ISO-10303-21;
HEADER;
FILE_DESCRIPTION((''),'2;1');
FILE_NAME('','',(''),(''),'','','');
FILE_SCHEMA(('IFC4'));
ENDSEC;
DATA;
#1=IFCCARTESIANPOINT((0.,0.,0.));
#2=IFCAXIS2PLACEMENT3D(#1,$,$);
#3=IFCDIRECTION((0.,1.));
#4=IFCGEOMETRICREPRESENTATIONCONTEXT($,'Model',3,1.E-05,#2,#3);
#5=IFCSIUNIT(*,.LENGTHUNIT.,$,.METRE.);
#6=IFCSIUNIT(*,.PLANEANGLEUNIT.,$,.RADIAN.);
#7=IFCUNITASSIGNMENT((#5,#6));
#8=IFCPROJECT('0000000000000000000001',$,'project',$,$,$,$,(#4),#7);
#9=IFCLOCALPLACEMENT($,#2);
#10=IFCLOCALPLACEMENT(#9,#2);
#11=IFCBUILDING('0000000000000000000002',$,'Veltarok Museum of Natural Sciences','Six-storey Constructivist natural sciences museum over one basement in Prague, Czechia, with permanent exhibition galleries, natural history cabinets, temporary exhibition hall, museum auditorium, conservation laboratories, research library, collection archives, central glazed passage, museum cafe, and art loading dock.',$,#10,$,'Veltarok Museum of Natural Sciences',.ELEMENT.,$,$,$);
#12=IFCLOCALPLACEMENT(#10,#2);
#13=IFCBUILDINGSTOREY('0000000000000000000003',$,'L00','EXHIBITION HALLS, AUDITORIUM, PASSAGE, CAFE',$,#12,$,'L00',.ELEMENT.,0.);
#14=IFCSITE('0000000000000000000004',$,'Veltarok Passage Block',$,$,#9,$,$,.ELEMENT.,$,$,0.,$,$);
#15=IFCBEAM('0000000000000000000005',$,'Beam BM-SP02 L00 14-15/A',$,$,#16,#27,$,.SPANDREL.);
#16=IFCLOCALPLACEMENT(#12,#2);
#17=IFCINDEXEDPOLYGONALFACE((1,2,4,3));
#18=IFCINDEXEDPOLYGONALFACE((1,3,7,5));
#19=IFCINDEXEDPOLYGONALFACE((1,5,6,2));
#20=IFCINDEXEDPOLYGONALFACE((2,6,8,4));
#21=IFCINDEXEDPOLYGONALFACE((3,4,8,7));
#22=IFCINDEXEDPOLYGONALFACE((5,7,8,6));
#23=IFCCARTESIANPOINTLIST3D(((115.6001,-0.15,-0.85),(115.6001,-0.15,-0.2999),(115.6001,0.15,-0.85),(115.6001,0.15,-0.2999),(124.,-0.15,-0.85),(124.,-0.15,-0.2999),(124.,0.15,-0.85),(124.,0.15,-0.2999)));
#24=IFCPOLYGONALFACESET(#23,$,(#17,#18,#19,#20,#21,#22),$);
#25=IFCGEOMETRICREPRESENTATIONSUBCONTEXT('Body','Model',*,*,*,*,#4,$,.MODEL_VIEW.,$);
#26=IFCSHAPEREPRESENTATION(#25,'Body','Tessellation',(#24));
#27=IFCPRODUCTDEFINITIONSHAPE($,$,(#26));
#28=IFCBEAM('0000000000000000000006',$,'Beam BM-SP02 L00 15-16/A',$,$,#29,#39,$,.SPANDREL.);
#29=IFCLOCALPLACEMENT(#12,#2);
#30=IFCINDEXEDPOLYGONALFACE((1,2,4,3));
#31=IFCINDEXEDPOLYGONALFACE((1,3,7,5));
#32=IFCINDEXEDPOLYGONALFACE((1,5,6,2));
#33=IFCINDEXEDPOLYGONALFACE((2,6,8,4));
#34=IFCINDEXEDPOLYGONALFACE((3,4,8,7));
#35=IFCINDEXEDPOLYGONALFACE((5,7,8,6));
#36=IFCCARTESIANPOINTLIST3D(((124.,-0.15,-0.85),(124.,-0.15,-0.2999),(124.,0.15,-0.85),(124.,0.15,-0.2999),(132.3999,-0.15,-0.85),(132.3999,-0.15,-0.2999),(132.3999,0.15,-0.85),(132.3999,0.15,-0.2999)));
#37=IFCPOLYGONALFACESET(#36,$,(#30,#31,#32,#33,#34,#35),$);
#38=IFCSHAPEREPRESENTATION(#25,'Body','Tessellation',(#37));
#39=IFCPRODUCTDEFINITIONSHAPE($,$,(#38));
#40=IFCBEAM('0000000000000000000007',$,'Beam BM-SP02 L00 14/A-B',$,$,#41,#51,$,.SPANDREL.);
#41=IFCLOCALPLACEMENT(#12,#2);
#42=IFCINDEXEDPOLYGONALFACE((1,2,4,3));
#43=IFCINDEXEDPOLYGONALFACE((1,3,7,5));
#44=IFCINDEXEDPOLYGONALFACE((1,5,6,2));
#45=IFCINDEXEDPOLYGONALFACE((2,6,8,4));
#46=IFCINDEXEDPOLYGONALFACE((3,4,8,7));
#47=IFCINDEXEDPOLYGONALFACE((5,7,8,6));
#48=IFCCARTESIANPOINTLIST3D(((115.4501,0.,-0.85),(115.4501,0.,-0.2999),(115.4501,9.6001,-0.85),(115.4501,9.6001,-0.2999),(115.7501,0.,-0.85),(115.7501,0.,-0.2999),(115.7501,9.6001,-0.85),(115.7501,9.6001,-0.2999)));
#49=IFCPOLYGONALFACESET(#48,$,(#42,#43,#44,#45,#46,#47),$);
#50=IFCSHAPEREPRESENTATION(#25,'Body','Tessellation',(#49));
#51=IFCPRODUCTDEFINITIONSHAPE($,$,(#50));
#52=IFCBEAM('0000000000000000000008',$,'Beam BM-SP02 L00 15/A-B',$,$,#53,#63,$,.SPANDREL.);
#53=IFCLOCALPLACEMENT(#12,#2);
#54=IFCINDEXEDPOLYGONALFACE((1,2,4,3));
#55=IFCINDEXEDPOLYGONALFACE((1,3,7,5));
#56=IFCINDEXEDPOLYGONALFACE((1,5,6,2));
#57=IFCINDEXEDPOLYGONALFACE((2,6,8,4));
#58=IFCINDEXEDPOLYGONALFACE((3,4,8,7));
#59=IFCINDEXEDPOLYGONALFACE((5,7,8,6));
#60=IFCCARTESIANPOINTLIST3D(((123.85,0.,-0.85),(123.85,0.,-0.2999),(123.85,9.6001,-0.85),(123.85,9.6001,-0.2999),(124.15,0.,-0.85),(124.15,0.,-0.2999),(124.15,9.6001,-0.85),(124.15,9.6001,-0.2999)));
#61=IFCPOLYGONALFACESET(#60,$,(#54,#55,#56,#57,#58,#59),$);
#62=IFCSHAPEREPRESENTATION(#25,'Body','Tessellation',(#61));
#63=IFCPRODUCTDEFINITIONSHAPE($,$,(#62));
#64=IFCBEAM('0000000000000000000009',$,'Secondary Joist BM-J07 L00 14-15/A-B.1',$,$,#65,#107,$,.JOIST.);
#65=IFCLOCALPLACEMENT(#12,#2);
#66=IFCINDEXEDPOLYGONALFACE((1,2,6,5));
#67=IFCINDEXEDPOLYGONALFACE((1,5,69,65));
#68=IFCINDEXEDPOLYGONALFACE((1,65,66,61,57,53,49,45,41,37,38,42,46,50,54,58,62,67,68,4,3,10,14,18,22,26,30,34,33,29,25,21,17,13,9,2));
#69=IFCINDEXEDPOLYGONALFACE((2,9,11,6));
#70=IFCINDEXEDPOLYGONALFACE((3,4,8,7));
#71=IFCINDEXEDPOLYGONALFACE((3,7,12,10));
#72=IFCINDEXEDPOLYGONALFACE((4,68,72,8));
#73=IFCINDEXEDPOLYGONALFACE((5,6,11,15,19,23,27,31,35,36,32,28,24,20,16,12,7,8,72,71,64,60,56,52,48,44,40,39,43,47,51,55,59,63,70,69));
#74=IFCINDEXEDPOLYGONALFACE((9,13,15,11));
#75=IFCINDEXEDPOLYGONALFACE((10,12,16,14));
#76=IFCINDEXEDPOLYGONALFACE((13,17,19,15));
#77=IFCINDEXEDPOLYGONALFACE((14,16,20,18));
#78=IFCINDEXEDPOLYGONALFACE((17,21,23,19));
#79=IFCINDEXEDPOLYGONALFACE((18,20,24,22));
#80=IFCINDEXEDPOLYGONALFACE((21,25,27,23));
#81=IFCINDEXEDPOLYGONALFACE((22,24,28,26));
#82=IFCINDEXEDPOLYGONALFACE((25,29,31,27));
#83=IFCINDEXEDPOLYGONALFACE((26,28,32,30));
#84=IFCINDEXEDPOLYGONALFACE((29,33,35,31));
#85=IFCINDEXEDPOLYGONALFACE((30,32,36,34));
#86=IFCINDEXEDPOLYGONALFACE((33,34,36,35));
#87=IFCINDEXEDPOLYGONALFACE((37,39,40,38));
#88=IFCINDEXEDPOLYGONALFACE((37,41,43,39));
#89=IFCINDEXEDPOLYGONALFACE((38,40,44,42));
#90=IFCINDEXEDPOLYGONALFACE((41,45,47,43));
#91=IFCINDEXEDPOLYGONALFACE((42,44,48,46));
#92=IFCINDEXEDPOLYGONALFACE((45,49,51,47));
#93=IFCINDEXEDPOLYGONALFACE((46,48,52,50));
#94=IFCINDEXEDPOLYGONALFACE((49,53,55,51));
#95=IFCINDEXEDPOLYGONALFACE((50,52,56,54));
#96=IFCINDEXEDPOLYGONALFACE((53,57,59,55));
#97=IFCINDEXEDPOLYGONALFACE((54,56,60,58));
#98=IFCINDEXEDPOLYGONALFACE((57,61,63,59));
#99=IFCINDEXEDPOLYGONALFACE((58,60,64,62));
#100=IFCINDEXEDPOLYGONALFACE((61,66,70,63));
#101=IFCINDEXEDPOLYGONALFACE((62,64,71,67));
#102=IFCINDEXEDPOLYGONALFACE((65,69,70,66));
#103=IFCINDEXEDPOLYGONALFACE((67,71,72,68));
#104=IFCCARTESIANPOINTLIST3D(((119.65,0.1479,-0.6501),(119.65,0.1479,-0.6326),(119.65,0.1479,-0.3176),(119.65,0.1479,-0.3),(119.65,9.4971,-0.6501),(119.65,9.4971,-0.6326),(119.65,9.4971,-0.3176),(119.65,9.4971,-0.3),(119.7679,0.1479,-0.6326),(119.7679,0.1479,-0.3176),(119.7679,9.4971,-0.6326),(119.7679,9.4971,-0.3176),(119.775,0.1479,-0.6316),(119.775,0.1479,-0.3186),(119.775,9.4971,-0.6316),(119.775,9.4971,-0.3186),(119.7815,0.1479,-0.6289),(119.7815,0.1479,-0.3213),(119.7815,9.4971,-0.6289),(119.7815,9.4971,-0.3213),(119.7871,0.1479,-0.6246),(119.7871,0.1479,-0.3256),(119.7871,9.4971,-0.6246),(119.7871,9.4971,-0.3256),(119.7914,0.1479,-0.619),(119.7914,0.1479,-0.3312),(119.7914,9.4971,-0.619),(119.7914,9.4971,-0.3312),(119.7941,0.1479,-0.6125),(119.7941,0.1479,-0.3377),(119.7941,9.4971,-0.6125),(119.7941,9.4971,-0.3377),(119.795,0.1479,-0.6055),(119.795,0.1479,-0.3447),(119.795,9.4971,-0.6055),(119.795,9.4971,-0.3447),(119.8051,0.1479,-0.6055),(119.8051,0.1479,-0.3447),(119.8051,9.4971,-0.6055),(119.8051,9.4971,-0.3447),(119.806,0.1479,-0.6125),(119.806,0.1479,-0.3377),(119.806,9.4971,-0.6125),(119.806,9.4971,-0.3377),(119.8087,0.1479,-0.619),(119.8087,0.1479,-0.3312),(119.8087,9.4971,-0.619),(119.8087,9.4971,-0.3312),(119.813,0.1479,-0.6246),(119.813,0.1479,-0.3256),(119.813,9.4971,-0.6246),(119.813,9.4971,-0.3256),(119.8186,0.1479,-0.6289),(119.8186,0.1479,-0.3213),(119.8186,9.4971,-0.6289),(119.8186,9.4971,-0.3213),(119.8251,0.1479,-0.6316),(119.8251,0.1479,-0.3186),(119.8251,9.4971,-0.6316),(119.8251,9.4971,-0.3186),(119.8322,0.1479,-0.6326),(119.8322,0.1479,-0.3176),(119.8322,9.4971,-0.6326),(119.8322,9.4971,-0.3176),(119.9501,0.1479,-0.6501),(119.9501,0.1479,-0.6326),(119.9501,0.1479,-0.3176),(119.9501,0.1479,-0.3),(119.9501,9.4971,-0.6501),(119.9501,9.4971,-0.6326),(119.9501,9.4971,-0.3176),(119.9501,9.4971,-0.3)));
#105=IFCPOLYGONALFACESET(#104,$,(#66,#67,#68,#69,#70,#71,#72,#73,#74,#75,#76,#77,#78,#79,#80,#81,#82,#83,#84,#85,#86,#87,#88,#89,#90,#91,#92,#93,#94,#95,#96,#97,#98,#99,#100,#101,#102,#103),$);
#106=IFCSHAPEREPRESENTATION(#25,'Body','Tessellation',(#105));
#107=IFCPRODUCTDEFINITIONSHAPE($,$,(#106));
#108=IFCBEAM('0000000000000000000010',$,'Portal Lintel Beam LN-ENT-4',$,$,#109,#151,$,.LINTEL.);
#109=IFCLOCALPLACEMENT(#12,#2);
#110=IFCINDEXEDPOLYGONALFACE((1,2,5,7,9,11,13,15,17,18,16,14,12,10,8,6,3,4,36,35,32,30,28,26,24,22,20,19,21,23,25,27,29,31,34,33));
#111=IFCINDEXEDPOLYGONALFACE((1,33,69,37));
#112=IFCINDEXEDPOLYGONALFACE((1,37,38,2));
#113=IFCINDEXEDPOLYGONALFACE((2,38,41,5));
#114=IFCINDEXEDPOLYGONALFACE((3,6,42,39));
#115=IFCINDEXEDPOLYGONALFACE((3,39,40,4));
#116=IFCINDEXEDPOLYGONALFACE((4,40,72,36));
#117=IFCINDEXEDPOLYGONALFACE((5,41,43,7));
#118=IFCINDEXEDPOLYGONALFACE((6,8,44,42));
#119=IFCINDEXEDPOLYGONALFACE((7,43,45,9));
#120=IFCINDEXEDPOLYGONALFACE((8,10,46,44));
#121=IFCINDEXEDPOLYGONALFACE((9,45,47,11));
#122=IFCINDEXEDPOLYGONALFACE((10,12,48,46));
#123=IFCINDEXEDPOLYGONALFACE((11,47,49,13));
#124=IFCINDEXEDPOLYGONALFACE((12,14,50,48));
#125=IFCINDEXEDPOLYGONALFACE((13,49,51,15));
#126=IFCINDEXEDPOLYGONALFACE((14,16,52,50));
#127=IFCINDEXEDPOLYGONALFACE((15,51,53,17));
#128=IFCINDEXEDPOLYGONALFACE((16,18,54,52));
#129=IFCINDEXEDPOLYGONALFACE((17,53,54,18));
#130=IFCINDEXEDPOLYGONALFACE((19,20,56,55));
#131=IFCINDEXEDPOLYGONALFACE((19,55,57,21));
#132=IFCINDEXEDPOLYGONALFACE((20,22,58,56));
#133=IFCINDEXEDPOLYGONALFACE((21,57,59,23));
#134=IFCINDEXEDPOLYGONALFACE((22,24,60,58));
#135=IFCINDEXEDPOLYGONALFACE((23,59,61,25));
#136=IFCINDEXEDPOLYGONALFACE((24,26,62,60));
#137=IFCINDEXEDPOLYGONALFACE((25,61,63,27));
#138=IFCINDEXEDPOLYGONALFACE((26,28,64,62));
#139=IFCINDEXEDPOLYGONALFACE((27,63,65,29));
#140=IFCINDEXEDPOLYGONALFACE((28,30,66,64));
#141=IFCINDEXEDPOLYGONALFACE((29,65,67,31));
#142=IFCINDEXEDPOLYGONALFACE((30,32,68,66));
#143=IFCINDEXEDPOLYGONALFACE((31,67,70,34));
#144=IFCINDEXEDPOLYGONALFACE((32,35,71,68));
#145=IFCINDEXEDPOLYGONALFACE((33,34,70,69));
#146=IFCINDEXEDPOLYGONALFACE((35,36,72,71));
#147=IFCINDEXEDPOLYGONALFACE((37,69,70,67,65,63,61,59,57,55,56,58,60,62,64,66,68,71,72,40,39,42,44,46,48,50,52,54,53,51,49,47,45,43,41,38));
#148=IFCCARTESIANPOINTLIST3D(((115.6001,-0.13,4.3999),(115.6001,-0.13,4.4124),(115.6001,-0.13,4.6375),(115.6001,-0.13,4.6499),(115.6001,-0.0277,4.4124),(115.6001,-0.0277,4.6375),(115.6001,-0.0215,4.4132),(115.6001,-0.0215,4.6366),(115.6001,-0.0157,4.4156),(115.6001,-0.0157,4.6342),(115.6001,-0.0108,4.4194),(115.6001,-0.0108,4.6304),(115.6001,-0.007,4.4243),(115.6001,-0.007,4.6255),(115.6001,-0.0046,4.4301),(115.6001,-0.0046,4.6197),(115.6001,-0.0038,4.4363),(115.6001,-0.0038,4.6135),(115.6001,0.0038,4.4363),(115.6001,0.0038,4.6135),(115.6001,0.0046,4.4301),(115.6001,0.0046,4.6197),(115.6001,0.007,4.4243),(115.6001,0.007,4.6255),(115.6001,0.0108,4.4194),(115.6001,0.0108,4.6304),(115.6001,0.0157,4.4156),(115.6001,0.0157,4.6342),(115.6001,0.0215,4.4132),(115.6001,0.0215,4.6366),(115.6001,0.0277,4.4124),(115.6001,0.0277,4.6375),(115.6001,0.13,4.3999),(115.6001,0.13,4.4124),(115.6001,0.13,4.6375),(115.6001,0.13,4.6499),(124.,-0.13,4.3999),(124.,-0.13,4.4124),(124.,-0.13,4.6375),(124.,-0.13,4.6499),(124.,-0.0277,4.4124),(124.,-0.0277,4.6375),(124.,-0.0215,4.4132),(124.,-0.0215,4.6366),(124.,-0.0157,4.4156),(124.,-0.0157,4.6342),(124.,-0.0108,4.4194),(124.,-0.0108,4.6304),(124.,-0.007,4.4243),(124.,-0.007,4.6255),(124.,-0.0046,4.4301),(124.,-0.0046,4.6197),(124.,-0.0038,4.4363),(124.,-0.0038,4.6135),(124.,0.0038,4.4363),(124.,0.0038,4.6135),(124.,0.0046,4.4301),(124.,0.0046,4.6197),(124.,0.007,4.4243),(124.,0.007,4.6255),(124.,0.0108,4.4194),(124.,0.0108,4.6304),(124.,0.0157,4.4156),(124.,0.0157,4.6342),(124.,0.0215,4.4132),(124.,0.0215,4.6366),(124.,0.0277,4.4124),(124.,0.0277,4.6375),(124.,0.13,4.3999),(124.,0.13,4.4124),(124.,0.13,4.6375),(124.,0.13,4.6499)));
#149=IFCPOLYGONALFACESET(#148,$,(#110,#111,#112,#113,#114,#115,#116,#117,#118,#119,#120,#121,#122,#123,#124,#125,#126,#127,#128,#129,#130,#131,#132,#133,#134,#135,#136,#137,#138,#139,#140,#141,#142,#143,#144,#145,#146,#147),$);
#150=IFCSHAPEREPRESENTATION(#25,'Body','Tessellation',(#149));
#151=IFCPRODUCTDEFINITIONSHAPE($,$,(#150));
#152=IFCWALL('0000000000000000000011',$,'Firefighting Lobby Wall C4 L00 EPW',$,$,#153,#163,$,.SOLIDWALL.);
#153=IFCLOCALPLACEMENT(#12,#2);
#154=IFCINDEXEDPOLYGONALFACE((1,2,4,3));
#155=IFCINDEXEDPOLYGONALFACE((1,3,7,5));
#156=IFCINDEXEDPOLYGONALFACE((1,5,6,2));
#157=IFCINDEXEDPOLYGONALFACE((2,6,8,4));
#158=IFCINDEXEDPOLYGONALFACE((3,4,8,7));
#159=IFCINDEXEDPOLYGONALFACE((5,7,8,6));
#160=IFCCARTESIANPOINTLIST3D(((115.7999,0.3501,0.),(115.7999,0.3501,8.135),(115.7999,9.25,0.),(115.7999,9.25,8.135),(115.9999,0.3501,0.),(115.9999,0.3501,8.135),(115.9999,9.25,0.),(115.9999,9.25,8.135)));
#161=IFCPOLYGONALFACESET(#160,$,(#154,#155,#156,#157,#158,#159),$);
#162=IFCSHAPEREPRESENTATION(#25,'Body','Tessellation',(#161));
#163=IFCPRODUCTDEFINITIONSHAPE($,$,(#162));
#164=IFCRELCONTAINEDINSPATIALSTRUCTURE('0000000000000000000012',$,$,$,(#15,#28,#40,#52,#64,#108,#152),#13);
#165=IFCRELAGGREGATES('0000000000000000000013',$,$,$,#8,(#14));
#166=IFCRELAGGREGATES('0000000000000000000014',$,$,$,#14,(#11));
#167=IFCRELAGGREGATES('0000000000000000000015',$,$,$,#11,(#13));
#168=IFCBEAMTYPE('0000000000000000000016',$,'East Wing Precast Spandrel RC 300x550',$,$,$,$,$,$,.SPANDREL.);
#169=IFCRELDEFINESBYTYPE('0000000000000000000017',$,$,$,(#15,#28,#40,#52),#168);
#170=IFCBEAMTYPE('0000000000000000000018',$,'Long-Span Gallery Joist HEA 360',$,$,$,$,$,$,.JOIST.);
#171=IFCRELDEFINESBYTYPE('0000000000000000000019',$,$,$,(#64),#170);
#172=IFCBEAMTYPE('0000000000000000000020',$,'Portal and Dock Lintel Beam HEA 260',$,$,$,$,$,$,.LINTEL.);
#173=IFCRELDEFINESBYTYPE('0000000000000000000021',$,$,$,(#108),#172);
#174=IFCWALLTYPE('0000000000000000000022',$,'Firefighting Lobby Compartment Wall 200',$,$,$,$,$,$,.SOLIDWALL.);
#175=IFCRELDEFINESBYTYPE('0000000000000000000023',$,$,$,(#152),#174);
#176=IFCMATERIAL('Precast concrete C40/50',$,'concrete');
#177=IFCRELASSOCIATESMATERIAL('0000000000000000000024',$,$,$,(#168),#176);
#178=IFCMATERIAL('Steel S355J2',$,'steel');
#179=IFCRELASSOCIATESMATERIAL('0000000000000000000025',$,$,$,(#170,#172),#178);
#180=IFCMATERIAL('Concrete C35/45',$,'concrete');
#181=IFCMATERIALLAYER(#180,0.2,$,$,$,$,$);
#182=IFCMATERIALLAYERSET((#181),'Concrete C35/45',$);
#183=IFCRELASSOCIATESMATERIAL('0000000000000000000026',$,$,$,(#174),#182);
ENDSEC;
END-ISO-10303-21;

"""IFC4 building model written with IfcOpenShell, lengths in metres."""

from ifc_helpers import new_model, si_unit, direction, frame, frame_2d, origin, origin_2d, place, context, subcontext, project, spatial, rectangle, i_section, extrude, material, layer, layer_set, material_profile, profile_set, type_object, element, save


model = new_model("IFC4")

# Units and contexts
model_context = context("Model", 3, precision=1e-05, world=origin(), true_north=direction((0.0, 1.0)))
body_context = subcontext(model_context, "Body", "Model", "MODEL_VIEW")
ifc_project = project(units=[si_unit("LENGTHUNIT", "METRE"), si_unit("PLANEANGLEUNIT", "RADIAN")], contexts=[model_context])

# Site, building, storey
site_placement = place(None, origin())
site = spatial("IfcSite", under=ifc_project, at=site_placement, Name="Veltarok Passage Block", CompositionType="ELEMENT", RefElevation=0.0)
building_placement = place(site_placement, origin())
building = spatial("IfcBuilding", under=site, at=building_placement, Name="Veltarok Museum of Natural Sciences", Description="Six-storey Constructivist natural sciences museum over one basement in Prague, Czechia, with permanent exhibition galleries, natural history cabinets, temporary exhibition hall, museum auditorium, conservation laboratories, research library, collection archives, central glazed passage, museum cafe, and art loading dock.", LongName="Veltarok Museum of Natural Sciences", CompositionType="ELEMENT")
storey_placement = place(building_placement, origin())
storey = spatial("IfcBuildingStorey", under=building, at=storey_placement, Name="L00", Description="EXHIBITION HALLS, AUDITORIUM, PASSAGE, CAFE", LongName="L00", CompositionType="ELEMENT", Elevation=0.0)

# Shared definitions
ifc_material_1 = material(Name="Steel S355J2", Category="steel")

# Beams
ifc_material_2 = material(Name="Precast concrete C40/50", Category="concrete")
ifc_material_profile_1 = material_profile(ifc_material_2, rectangle(XDim=0.3, YDim=0.55, at=origin_2d()), Name="RC 300x550")
ifc_profile_set_1 = profile_set([ifc_material_profile_1], Name="Precast concrete C40/50")
beam_type_1 = type_object("IfcBeamType", Name="East Wing Precast Spandrel RC 300x550", PredefinedType="SPANDREL", material=ifc_profile_set_1)
for number, where, z_axis, x_axis, name in (
    (1, (115.6001, 0.0, -0.575), (1.0, 0.0, 0.0), (0.0, 1.0, 0.0), "Beam BM-SP02 L00 14-15/A"),
    (2, (124.0, 0.0, -0.575), (1.0, 0.0, 0.0), (0.0, 1.0, 0.0), "Beam BM-SP02 L00 15-16/A"),
):
    element("IfcBeam", number, at=place(storey_placement, frame(where, z_axis=z_axis, x_axis=x_axis)), inside=storey, type_object=beam_type_1, Name=name, PredefinedType="SPANDREL", context=body_context, shape_type="SweptSolid", body=[
        extrude(rectangle(XDim=0.3, YDim=0.55, at=origin_2d()), origin(), (0.0, 0.0, 1.0), 8.3999),
    ])
for number, where, z_axis, x_axis, name in (
    (3, (115.6001, 0.0, -0.575), (0.0, 1.0, 0.0), (-1.0, 0.0, 0.0), "Beam BM-SP02 L00 14/A-B"),
    (4, (124.0, 0.0, -0.575), (0.0, 1.0, 0.0), (-1.0, 0.0, 0.0), "Beam BM-SP02 L00 15/A-B"),
):
    element("IfcBeam", number, at=place(storey_placement, frame(where, z_axis=z_axis, x_axis=x_axis)), inside=storey, type_object=beam_type_1, Name=name, PredefinedType="SPANDREL", context=body_context, shape_type="SweptSolid", body=[
        extrude(rectangle(XDim=0.3, YDim=0.55, at=origin_2d()), origin(), (0.0, 0.0, 1.0), 9.6001),
    ])
ifc_material_profile_2 = material_profile(ifc_material_1, i_section(OverallWidth=0.3, OverallDepth=0.3501, WebThickness=0.01, FlangeThickness=0.0176, FilletRadius=0.0271, at=origin_2d()), Name="HEA 360")
ifc_profile_set_2 = profile_set([ifc_material_profile_2], Name="Steel S355J2")
beam_type_2 = type_object("IfcBeamType", Name="Long-Span Gallery Joist HEA 360", PredefinedType="JOIST", material=ifc_profile_set_2)
beam_1_placement = place(storey_placement, frame((119.8, 0.1479, -0.4751), z_axis=(0.0, 1.0, 0.0), x_axis=(-1.0, 0.0, 0.0)))
element("IfcBeam", 5, at=beam_1_placement, inside=storey, type_object=beam_type_2, Name="Secondary Joist BM-J07 L00 14-15/A-B.1", PredefinedType="JOIST", context=body_context, shape_type="SweptSolid", body=[
    extrude(i_section(OverallWidth=0.3, OverallDepth=0.3501, WebThickness=0.01, FlangeThickness=0.0176, FilletRadius=0.0271, at=origin_2d()), origin(), (0.0, 0.0, 1.0), 9.3491),
])
ifc_material_profile_3 = material_profile(ifc_material_1, i_section(OverallWidth=0.26, OverallDepth=0.25, WebThickness=0.0076, FlangeThickness=0.0125, FilletRadius=0.0239, at=origin_2d()), Name="HEA 260")
ifc_profile_set_3 = profile_set([ifc_material_profile_3], Name="Steel S355J2")
beam_type_3 = type_object("IfcBeamType", Name="Portal and Dock Lintel Beam HEA 260", PredefinedType="LINTEL", material=ifc_profile_set_3)
beam_2_placement = place(storey_placement, frame((115.6001, 0.0, 4.5249), z_axis=(1.0, 0.0, 0.0), x_axis=(0.0, 1.0, 0.0)))
element("IfcBeam", 6, at=beam_2_placement, inside=storey, type_object=beam_type_3, Name="Portal Lintel Beam LN-ENT-4", PredefinedType="LINTEL", context=body_context, shape_type="SweptSolid", body=[
    extrude(i_section(OverallWidth=0.26, OverallDepth=0.25, WebThickness=0.0076, FlangeThickness=0.0125, FilletRadius=0.0239, at=origin_2d()), origin(), (0.0, 0.0, 1.0), 8.3999),
])

# Wall
ifc_material_3 = material(Name="Concrete C35/45", Category="concrete")
ifc_layer_1 = layer(ifc_material_3, 0.2)
ifc_layer_set_1 = layer_set([ifc_layer_1], Name="Concrete C35/45")
wall_type_1 = type_object("IfcWallType", Name="Firefighting Lobby Compartment Wall 200", PredefinedType="SOLIDWALL", material=ifc_layer_set_1)
wall_1_placement = place(storey_placement, frame((115.8999, 0.3501, 0.0), z_axis=(0.0, 0.0, 1.0), x_axis=(0.0, 1.0, 0.0)))
element("IfcWall", 7, at=wall_1_placement, inside=storey, type_object=wall_type_1, Name="Firefighting Lobby Wall C4 L00 EPW", PredefinedType="SOLIDWALL", context=body_context, shape_type="SweptSolid", body=[
    extrude(rectangle(XDim=8.8999, YDim=0.2, at=frame_2d((4.45, 0.0))), origin(), (0.0, 0.0, 1.0), 8.135),
])

save(model, "model.ifc")
